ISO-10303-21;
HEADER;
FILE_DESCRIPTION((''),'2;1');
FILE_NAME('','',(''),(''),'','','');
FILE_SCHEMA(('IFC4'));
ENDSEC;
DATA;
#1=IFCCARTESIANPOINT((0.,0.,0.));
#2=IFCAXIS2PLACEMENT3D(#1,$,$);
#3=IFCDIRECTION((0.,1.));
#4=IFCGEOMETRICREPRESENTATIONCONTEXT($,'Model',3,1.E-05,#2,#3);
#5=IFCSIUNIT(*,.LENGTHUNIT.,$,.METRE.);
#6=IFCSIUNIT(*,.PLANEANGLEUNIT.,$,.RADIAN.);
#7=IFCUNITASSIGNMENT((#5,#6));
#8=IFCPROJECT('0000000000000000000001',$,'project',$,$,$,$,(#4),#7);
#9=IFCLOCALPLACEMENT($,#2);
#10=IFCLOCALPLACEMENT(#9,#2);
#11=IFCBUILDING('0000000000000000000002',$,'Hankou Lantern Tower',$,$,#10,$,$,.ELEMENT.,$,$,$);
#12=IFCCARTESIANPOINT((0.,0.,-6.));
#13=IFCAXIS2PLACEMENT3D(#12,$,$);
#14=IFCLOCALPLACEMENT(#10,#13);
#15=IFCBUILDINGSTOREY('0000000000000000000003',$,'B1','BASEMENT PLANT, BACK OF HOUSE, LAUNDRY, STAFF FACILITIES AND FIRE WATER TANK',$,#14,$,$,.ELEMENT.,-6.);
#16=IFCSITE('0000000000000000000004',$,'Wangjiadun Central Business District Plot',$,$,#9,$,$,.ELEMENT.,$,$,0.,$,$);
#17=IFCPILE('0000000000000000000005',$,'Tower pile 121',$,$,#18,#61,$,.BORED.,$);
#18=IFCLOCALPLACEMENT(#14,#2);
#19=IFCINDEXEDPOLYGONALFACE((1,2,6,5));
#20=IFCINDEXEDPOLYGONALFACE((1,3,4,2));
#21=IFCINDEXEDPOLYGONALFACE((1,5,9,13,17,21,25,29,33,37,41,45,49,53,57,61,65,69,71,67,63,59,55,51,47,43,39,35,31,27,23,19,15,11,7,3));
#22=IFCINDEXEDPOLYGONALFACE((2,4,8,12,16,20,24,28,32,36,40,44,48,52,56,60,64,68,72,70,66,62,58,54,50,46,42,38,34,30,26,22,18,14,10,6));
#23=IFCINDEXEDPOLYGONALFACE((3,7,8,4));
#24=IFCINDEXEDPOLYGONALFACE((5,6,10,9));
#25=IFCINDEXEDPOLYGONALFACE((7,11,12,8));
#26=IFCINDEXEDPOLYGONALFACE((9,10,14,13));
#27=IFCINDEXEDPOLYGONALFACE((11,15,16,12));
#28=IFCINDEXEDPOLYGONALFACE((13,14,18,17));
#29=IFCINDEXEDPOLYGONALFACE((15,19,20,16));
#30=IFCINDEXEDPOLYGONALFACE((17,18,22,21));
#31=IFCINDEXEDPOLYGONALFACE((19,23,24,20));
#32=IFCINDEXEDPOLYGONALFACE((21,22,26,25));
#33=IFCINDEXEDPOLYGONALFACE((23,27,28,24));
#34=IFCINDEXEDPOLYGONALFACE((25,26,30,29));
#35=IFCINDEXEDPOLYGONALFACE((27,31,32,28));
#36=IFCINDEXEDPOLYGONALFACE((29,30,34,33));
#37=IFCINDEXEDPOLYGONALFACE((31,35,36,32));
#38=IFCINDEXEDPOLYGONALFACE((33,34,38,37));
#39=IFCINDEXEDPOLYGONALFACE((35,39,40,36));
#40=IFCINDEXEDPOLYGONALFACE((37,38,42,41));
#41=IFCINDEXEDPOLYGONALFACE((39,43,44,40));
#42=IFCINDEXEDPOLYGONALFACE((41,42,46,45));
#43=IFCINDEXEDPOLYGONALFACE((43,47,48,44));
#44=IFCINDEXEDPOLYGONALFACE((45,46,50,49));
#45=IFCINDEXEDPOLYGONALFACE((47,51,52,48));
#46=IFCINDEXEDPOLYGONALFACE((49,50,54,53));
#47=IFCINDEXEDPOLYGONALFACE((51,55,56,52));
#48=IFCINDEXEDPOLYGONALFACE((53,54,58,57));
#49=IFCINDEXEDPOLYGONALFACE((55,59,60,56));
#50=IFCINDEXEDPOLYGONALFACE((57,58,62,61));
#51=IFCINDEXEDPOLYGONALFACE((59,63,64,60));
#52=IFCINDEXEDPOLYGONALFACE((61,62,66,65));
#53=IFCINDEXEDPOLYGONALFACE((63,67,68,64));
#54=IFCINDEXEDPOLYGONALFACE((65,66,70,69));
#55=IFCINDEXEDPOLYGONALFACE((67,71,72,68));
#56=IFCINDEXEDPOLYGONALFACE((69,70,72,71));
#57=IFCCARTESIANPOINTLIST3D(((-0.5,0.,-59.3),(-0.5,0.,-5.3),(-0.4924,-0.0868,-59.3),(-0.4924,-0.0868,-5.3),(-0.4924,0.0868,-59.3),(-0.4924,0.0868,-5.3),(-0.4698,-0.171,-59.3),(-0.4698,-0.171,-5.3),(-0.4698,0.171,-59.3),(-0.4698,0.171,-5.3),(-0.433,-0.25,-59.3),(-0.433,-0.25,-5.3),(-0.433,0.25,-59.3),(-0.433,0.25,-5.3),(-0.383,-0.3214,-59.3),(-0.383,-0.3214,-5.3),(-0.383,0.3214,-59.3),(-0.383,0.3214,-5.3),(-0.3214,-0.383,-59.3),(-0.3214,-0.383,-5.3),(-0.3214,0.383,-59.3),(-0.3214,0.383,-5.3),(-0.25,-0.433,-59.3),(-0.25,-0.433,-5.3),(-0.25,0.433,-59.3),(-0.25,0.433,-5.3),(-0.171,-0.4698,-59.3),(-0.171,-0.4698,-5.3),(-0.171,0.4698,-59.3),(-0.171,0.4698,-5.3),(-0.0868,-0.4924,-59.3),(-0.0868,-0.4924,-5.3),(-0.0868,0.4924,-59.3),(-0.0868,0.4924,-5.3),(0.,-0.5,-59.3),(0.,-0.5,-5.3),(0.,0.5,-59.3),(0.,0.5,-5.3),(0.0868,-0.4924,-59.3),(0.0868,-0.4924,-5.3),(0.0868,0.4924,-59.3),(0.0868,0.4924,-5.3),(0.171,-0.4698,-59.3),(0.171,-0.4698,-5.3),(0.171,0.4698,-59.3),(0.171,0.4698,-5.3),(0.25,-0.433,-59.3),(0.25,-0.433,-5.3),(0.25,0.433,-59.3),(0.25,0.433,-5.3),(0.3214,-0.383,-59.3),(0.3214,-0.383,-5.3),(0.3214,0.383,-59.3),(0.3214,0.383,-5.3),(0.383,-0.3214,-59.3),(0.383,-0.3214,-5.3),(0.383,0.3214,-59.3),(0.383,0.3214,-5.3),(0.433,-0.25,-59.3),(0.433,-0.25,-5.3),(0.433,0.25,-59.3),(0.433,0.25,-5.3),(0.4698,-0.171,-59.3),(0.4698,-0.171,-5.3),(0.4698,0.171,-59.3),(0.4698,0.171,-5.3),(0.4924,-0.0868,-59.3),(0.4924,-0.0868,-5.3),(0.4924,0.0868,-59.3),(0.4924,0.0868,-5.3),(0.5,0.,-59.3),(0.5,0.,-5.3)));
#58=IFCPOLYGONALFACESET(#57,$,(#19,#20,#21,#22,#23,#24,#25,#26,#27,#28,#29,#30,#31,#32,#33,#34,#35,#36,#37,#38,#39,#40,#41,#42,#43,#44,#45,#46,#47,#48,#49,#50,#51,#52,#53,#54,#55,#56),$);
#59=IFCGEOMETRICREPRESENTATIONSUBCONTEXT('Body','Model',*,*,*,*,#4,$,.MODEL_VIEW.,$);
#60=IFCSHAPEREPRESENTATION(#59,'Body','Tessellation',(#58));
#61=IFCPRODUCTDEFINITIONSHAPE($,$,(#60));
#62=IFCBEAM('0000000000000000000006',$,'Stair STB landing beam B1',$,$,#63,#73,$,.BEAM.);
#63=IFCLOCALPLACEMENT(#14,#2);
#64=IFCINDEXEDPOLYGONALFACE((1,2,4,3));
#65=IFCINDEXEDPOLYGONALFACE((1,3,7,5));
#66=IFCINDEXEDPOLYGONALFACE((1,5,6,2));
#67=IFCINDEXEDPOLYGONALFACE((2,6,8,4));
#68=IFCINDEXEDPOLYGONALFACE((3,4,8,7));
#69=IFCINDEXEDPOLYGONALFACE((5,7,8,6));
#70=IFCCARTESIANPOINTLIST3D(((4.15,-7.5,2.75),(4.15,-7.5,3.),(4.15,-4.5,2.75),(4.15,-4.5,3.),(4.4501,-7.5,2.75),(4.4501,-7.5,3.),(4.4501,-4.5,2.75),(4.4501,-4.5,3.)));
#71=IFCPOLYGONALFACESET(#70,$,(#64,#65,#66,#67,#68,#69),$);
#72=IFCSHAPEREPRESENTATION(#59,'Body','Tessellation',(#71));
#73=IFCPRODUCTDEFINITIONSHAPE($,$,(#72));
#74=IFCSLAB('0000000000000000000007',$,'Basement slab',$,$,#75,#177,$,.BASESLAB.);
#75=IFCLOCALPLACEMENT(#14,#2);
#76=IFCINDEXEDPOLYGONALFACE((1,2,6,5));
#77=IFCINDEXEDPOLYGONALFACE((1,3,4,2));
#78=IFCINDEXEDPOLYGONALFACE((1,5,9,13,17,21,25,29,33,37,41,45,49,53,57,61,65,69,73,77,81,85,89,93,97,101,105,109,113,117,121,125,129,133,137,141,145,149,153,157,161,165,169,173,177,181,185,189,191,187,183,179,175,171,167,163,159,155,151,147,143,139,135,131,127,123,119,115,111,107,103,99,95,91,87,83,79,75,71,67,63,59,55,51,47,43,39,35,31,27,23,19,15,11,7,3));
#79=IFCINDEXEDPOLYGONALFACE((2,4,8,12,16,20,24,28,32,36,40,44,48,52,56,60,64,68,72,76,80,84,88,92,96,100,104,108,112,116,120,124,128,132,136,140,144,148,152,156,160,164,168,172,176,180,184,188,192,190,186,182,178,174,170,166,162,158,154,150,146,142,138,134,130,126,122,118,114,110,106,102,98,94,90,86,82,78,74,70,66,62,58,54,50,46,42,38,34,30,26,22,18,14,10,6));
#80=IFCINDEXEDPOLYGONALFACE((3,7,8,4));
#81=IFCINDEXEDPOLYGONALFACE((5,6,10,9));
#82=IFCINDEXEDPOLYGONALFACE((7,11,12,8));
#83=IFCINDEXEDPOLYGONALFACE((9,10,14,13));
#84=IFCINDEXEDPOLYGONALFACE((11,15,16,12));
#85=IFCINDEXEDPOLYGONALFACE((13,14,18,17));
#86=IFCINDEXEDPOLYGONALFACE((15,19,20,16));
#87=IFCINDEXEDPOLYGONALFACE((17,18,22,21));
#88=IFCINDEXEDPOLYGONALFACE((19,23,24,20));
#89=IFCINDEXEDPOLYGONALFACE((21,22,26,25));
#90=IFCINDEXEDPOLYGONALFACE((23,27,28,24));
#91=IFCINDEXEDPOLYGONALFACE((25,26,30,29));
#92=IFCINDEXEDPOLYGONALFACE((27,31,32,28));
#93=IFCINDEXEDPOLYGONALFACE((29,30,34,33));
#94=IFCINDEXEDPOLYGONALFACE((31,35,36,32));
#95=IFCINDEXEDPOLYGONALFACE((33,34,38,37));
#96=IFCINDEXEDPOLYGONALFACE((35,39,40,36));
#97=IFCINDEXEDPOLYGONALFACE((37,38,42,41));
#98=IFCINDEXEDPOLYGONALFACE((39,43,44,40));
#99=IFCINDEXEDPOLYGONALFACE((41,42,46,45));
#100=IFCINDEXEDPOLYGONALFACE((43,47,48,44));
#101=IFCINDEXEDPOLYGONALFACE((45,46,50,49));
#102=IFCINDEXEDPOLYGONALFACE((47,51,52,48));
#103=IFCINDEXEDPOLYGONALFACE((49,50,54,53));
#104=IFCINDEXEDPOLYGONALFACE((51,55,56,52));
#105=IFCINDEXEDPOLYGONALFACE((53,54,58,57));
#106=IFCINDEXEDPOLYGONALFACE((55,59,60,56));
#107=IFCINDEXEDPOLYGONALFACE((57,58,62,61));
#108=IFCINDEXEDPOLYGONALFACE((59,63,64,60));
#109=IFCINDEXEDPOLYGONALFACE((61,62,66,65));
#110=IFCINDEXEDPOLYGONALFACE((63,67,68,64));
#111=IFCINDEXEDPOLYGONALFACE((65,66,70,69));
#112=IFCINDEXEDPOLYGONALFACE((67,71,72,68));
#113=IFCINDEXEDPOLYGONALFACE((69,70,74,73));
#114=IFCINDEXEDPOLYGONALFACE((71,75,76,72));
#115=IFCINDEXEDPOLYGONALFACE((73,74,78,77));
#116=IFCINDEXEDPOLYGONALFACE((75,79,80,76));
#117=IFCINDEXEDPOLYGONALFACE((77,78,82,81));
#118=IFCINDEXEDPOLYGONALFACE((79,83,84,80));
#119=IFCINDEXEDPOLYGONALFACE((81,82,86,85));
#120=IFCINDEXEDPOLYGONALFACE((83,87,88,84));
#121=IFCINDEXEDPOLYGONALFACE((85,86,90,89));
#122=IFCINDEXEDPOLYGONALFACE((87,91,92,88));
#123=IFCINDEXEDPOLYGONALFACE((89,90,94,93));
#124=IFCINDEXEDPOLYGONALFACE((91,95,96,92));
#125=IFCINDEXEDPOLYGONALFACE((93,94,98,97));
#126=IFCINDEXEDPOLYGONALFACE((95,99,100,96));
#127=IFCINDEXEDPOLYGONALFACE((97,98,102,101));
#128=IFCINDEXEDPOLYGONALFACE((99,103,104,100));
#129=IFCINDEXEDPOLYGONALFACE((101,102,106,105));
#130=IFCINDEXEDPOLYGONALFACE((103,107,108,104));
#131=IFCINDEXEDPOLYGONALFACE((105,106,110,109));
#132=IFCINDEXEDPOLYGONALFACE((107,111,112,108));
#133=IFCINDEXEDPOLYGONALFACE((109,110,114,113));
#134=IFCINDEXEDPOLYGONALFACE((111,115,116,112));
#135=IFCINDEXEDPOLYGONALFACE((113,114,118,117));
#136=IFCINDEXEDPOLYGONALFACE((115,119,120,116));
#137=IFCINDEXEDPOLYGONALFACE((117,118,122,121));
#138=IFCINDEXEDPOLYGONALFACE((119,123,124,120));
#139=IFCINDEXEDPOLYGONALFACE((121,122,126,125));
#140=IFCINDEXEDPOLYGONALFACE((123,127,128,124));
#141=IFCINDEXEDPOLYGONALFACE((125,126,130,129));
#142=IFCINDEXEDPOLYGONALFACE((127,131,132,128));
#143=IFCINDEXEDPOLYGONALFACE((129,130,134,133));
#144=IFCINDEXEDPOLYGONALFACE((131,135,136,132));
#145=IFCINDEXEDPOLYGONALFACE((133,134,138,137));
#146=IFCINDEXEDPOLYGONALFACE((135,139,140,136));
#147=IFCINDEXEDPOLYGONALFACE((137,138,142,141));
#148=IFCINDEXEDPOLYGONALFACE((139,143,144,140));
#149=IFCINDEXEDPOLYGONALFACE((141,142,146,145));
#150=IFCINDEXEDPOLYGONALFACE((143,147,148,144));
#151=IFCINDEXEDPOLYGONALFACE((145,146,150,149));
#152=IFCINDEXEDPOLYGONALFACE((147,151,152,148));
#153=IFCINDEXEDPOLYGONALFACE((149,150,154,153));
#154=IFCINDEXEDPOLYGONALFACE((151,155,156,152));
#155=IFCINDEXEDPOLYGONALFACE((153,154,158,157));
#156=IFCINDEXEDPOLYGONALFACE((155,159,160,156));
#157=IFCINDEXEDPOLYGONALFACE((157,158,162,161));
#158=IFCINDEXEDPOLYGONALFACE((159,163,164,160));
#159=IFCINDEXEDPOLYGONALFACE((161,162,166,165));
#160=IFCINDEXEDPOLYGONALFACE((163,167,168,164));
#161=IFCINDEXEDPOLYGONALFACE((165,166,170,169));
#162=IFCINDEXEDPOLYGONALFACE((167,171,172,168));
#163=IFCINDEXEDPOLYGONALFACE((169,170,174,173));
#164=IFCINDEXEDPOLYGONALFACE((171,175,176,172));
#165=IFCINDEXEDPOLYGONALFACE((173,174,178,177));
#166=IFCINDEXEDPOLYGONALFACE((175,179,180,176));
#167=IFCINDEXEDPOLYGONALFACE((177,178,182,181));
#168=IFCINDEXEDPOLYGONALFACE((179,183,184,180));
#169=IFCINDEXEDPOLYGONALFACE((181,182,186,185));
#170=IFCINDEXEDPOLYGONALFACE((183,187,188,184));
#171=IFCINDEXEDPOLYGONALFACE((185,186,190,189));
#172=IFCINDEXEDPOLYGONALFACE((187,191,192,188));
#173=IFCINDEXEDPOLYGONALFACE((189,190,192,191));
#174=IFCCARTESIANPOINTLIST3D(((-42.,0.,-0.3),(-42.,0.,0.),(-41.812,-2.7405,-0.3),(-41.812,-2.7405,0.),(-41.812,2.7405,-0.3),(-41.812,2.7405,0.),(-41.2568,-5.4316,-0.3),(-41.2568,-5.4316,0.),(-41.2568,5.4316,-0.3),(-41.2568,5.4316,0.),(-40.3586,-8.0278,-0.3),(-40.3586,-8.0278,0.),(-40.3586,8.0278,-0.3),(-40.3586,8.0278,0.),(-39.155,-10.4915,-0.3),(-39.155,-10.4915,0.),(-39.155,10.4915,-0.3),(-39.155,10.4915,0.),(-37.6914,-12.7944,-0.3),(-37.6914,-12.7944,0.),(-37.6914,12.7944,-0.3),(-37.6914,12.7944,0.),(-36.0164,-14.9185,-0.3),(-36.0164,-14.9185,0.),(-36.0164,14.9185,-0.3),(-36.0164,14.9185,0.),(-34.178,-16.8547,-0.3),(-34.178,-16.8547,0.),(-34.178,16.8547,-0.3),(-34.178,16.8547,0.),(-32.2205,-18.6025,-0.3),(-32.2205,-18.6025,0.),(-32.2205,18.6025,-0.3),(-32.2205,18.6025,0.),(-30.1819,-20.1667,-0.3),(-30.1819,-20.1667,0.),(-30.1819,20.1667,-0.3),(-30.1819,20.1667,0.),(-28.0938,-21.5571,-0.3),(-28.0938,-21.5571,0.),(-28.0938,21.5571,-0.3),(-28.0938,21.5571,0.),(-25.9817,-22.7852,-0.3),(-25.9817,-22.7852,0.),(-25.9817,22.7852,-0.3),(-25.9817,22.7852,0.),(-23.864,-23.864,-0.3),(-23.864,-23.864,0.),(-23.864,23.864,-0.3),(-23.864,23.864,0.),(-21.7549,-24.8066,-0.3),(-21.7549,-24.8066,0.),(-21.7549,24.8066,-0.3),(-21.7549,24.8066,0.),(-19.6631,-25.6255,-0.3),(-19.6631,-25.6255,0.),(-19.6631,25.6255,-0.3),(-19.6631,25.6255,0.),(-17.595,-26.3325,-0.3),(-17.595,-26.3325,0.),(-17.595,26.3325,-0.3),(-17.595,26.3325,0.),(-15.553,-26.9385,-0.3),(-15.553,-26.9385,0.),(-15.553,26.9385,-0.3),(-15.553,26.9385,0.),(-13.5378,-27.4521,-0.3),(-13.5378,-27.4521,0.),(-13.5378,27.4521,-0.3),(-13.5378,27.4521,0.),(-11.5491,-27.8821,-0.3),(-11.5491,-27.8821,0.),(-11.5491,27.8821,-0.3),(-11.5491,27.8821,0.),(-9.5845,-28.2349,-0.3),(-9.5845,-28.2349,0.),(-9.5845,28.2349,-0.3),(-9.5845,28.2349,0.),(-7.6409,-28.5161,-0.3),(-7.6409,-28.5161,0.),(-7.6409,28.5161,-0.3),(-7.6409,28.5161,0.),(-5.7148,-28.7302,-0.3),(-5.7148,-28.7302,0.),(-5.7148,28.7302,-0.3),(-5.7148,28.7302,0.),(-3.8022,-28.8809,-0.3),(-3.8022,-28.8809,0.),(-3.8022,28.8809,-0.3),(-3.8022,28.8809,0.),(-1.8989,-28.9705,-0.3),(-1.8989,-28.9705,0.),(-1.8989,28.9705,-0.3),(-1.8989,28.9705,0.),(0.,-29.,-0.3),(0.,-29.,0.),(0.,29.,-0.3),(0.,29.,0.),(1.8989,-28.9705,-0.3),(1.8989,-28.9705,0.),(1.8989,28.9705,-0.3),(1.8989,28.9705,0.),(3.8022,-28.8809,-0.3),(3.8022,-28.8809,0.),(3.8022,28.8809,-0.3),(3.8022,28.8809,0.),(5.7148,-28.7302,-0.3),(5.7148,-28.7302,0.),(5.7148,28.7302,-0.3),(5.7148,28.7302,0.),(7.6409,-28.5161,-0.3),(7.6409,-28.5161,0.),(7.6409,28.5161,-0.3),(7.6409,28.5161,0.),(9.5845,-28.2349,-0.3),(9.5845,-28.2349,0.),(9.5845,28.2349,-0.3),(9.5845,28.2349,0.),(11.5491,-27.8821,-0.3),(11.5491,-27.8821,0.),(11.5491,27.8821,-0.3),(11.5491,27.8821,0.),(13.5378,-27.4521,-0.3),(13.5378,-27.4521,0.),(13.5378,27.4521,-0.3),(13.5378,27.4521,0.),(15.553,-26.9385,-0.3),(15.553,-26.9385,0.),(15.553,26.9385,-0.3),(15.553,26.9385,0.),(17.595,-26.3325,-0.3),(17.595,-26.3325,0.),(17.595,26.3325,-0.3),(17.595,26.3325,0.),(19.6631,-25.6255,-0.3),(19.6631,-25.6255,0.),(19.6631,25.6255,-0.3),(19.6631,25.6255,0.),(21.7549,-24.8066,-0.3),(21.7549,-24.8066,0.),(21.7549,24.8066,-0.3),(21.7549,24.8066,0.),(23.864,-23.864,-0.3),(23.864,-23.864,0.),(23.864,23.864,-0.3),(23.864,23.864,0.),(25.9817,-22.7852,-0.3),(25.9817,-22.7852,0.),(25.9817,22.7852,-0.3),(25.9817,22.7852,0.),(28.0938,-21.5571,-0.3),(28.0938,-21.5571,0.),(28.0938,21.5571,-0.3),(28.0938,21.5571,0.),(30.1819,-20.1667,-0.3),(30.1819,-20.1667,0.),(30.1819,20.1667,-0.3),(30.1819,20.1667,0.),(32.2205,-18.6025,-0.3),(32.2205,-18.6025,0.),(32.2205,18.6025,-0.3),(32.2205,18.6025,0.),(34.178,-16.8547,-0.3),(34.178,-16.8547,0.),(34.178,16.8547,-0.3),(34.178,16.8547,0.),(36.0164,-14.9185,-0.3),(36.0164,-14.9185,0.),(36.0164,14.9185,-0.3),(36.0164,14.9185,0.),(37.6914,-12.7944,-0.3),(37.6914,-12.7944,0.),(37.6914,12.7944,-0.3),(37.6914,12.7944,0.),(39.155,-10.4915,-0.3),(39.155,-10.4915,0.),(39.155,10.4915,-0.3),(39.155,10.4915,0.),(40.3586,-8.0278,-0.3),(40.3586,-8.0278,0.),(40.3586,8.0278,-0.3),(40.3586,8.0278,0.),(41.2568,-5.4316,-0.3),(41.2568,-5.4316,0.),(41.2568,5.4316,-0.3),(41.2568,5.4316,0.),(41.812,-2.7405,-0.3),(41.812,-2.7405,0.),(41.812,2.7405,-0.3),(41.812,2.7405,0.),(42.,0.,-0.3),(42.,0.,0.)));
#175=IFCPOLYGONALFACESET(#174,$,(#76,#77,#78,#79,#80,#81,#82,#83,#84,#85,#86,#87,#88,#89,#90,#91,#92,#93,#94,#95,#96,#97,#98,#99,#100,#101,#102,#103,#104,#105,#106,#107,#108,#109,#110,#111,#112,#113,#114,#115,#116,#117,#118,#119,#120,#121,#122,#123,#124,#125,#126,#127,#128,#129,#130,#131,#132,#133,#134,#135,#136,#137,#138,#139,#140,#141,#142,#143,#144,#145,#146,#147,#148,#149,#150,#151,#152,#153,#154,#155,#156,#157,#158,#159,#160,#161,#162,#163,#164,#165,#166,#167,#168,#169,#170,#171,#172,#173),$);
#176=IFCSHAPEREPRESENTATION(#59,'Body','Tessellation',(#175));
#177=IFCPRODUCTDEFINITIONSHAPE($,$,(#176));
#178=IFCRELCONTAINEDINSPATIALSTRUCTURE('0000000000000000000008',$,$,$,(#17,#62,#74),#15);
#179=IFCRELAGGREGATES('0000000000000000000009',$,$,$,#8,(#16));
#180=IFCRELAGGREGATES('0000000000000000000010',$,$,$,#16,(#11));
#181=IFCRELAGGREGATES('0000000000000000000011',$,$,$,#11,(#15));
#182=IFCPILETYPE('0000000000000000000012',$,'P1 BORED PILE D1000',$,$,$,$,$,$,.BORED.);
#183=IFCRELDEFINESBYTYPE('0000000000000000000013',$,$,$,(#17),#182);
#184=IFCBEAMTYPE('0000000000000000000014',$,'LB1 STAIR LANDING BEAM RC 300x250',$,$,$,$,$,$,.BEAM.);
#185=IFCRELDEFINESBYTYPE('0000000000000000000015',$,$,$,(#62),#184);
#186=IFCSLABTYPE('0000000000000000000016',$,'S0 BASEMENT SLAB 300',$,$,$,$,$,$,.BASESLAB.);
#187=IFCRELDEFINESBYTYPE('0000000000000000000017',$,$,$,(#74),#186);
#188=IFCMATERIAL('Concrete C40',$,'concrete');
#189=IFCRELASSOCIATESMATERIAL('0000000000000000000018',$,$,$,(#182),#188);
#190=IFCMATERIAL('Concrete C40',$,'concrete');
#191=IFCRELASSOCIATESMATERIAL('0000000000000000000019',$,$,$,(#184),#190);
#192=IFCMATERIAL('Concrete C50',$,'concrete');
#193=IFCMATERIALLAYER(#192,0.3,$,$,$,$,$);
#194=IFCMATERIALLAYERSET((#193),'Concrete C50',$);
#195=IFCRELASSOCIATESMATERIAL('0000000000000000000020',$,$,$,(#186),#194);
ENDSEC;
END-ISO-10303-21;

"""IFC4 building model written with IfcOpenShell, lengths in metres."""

from ifc_helpers import new_model, si_unit, direction, frame, origin, origin_2d, place, context, subcontext, project, spatial, polyline, rectangle, circle, outline, extrude, material, layer, layer_set, material_profile, profile_set, type_object, element, save


model = new_model("IFC4")

# Units and contexts
model_context = context("Model", 3, precision=1e-05, world=origin(), true_north=direction((0.0, 1.0)))
body_context = subcontext(model_context, "Body", "Model", "MODEL_VIEW")
ifc_project = project(units=[si_unit("LENGTHUNIT", "METRE"), si_unit("PLANEANGLEUNIT", "RADIAN")], contexts=[model_context])

# Site, building, storey
site_placement = place(None, origin())
site = spatial("IfcSite", under=ifc_project, at=site_placement, Name="Wangjiadun Central Business District Plot", CompositionType="ELEMENT", RefElevation=0.0)
building_placement = place(site_placement, origin())
building = spatial("IfcBuilding", under=site, at=building_placement, Name="Hankou Lantern Tower", CompositionType="ELEMENT")
storey_placement = place(building_placement, frame((0.0, 0.0, -6.0)))
storey = spatial("IfcBuildingStorey", under=building, at=storey_placement, Name="B1", Description="BASEMENT PLANT, BACK OF HOUSE, LAUNDRY, STAFF FACILITIES AND FIRE WATER TANK", CompositionType="ELEMENT", Elevation=-6.0)

# Pile
ifc_material_1 = material(Name="Concrete C40", Category="concrete")
ifc_material_profile_1 = material_profile(ifc_material_1, circle(Radius=0.5, at=origin_2d()), Name="RC D1000")
ifc_profile_set_1 = profile_set([ifc_material_profile_1], Name="Concrete C40")
pile_type = type_object("IfcPileType", Name="P1 BORED PILE D1000", PredefinedType="BORED", material=ifc_profile_set_1)
for number, where, z_axis, x_axis, name in (
    (1, (0.0, 0.0, -5.3), (0.0, 0.0, -1.0), (1.0, 0.0, 0.0), "Tower pile 121"),
):
    element("IfcPile", number, at=place(storey_placement, frame(where, z_axis=z_axis, x_axis=x_axis)), inside=storey, type_object=pile_type, Name=name, PredefinedType="BORED", context=body_context, shape_type="SweptSolid", body=[
        extrude(circle(Radius=0.5, at=origin_2d()), origin(), (0.0, 0.0, 1.0), 54.0),
    ])

# Beam
ifc_material_2 = material(Name="Concrete C40", Category="concrete")
ifc_material_profile_2 = material_profile(ifc_material_2, rectangle(XDim=0.3, YDim=0.25, at=origin_2d()), Name="RC 300x250")
ifc_profile_set_2 = profile_set([ifc_material_profile_2], Name="Concrete C40")
beam_type = type_object("IfcBeamType", Name="LB1 STAIR LANDING BEAM RC 300x250", PredefinedType="BEAM", material=ifc_profile_set_2)
beam_placement = place(storey_placement, frame((4.3, -4.5, 2.875), z_axis=(0.0, -1.0, 0.0), x_axis=(1.0, 0.0, 0.0)))
element("IfcBeam", 2, at=beam_placement, inside=storey, type_object=beam_type, Name="Stair STB landing beam B1", PredefinedType="BEAM", context=body_context, shape_type="SweptSolid", body=[
    extrude(rectangle(XDim=0.3, YDim=0.25, at=origin_2d()), origin(), (0.0, 0.0, 1.0), 3.0),
])

# Slab
ifc_material_3 = material(Name="Concrete C50", Category="concrete")
ifc_layer_1 = layer(ifc_material_3, 0.3)
ifc_layer_set_1 = layer_set([ifc_layer_1], Name="Concrete C50")
slab_type_1 = type_object("IfcSlabType", Name="S0 BASEMENT SLAB 300", PredefinedType="BASESLAB", material=ifc_layer_set_1)
slab_1_placement = place(storey_placement, frame((0.0, 0.0, -0.3)))
element("IfcSlab", 3, at=slab_1_placement, inside=storey, type_object=slab_type_1, Name="Basement slab", PredefinedType="BASESLAB", context=body_context, shape_type="SweptSolid", body=[
    extrude(outline(polyline([(42.0, 0.0), (41.812, 2.7405), (41.2568, 5.4316), (40.3586, 8.0278), (39.155, 10.4915), (37.6914, 12.7944), (36.0164, 14.9185), (34.178, 16.8547), (32.2205, 18.6025), (30.1819, 20.1667), (28.0938, 21.5571), (25.9817, 22.7852), (23.864, 23.864), (21.7549, 24.8066), (19.6631, 25.6255), (17.595, 26.3325), (15.553, 26.9385), (13.5378, 27.4521), (11.5491, 27.8821), (9.5845, 28.2349), (7.6409, 28.5161), (5.7148, 28.7302), (3.8022, 28.8809), (1.8989, 28.9705), (0.0, 29.0), (-1.8989, 28.9705), (-3.8022, 28.8809), (-5.7148, 28.7302), (-7.6409, 28.5161), (-9.5845, 28.2349), (-11.5491, 27.8821), (-13.5378, 27.4521), (-15.553, 26.9385), (-17.595, 26.3325), (-19.6631, 25.6255), (-21.7549, 24.8066), (-23.864, 23.864), (-25.9817, 22.7852), (-28.0938, 21.5571), (-30.1819, 20.1667), (-32.2205, 18.6025), (-34.178, 16.8547), (-36.0164, 14.9185), (-37.6914, 12.7944), (-39.155, 10.4915), (-40.3586, 8.0278), (-41.2568, 5.4316), (-41.812, 2.7405), (-42.0, 0.0), (-41.812, -2.7405), (-41.2568, -5.4316), (-40.3586, -8.0278), (-39.155, -10.4915), (-37.6914, -12.7944), (-36.0164, -14.9185), (-34.178, -16.8547), (-32.2205, -18.6025), (-30.1819, -20.1667), (-28.0938, -21.5571), (-25.9817, -22.7852), (-23.864, -23.864), (-21.7549, -24.8066), (-19.6631, -25.6255), (-17.595, -26.3325), (-15.553, -26.9385), (-13.5378, -27.4521), (-11.5491, -27.8821), (-9.5845, -28.2349), (-7.6409, -28.5161), (-5.7148, -28.7302), (-3.8022, -28.8809), (-1.8989, -28.9705), (0.0, -29.0), (1.8989, -28.9705), (3.8022, -28.8809), (5.7148, -28.7302), (7.6409, -28.5161), (9.5845, -28.2349), (11.5491, -27.8821), (13.5378, -27.4521), (15.553, -26.9385), (17.595, -26.3325), (19.6631, -25.6255), (21.7549, -24.8066), (23.864, -23.864), (25.9817, -22.7852), (28.0938, -21.5571), (30.1819, -20.1667), (32.2205, -18.6025), (34.178, -16.8547), (36.0164, -14.9185), (37.6914, -12.7944), (39.155, -10.4915), (40.3586, -8.0278), (41.2568, -5.4316), (41.812, -2.7405), (42.0, 0.0)])), origin(), (0.0, 0.0, 1.0), 0.3),
])

save(model, "model.ifc")
